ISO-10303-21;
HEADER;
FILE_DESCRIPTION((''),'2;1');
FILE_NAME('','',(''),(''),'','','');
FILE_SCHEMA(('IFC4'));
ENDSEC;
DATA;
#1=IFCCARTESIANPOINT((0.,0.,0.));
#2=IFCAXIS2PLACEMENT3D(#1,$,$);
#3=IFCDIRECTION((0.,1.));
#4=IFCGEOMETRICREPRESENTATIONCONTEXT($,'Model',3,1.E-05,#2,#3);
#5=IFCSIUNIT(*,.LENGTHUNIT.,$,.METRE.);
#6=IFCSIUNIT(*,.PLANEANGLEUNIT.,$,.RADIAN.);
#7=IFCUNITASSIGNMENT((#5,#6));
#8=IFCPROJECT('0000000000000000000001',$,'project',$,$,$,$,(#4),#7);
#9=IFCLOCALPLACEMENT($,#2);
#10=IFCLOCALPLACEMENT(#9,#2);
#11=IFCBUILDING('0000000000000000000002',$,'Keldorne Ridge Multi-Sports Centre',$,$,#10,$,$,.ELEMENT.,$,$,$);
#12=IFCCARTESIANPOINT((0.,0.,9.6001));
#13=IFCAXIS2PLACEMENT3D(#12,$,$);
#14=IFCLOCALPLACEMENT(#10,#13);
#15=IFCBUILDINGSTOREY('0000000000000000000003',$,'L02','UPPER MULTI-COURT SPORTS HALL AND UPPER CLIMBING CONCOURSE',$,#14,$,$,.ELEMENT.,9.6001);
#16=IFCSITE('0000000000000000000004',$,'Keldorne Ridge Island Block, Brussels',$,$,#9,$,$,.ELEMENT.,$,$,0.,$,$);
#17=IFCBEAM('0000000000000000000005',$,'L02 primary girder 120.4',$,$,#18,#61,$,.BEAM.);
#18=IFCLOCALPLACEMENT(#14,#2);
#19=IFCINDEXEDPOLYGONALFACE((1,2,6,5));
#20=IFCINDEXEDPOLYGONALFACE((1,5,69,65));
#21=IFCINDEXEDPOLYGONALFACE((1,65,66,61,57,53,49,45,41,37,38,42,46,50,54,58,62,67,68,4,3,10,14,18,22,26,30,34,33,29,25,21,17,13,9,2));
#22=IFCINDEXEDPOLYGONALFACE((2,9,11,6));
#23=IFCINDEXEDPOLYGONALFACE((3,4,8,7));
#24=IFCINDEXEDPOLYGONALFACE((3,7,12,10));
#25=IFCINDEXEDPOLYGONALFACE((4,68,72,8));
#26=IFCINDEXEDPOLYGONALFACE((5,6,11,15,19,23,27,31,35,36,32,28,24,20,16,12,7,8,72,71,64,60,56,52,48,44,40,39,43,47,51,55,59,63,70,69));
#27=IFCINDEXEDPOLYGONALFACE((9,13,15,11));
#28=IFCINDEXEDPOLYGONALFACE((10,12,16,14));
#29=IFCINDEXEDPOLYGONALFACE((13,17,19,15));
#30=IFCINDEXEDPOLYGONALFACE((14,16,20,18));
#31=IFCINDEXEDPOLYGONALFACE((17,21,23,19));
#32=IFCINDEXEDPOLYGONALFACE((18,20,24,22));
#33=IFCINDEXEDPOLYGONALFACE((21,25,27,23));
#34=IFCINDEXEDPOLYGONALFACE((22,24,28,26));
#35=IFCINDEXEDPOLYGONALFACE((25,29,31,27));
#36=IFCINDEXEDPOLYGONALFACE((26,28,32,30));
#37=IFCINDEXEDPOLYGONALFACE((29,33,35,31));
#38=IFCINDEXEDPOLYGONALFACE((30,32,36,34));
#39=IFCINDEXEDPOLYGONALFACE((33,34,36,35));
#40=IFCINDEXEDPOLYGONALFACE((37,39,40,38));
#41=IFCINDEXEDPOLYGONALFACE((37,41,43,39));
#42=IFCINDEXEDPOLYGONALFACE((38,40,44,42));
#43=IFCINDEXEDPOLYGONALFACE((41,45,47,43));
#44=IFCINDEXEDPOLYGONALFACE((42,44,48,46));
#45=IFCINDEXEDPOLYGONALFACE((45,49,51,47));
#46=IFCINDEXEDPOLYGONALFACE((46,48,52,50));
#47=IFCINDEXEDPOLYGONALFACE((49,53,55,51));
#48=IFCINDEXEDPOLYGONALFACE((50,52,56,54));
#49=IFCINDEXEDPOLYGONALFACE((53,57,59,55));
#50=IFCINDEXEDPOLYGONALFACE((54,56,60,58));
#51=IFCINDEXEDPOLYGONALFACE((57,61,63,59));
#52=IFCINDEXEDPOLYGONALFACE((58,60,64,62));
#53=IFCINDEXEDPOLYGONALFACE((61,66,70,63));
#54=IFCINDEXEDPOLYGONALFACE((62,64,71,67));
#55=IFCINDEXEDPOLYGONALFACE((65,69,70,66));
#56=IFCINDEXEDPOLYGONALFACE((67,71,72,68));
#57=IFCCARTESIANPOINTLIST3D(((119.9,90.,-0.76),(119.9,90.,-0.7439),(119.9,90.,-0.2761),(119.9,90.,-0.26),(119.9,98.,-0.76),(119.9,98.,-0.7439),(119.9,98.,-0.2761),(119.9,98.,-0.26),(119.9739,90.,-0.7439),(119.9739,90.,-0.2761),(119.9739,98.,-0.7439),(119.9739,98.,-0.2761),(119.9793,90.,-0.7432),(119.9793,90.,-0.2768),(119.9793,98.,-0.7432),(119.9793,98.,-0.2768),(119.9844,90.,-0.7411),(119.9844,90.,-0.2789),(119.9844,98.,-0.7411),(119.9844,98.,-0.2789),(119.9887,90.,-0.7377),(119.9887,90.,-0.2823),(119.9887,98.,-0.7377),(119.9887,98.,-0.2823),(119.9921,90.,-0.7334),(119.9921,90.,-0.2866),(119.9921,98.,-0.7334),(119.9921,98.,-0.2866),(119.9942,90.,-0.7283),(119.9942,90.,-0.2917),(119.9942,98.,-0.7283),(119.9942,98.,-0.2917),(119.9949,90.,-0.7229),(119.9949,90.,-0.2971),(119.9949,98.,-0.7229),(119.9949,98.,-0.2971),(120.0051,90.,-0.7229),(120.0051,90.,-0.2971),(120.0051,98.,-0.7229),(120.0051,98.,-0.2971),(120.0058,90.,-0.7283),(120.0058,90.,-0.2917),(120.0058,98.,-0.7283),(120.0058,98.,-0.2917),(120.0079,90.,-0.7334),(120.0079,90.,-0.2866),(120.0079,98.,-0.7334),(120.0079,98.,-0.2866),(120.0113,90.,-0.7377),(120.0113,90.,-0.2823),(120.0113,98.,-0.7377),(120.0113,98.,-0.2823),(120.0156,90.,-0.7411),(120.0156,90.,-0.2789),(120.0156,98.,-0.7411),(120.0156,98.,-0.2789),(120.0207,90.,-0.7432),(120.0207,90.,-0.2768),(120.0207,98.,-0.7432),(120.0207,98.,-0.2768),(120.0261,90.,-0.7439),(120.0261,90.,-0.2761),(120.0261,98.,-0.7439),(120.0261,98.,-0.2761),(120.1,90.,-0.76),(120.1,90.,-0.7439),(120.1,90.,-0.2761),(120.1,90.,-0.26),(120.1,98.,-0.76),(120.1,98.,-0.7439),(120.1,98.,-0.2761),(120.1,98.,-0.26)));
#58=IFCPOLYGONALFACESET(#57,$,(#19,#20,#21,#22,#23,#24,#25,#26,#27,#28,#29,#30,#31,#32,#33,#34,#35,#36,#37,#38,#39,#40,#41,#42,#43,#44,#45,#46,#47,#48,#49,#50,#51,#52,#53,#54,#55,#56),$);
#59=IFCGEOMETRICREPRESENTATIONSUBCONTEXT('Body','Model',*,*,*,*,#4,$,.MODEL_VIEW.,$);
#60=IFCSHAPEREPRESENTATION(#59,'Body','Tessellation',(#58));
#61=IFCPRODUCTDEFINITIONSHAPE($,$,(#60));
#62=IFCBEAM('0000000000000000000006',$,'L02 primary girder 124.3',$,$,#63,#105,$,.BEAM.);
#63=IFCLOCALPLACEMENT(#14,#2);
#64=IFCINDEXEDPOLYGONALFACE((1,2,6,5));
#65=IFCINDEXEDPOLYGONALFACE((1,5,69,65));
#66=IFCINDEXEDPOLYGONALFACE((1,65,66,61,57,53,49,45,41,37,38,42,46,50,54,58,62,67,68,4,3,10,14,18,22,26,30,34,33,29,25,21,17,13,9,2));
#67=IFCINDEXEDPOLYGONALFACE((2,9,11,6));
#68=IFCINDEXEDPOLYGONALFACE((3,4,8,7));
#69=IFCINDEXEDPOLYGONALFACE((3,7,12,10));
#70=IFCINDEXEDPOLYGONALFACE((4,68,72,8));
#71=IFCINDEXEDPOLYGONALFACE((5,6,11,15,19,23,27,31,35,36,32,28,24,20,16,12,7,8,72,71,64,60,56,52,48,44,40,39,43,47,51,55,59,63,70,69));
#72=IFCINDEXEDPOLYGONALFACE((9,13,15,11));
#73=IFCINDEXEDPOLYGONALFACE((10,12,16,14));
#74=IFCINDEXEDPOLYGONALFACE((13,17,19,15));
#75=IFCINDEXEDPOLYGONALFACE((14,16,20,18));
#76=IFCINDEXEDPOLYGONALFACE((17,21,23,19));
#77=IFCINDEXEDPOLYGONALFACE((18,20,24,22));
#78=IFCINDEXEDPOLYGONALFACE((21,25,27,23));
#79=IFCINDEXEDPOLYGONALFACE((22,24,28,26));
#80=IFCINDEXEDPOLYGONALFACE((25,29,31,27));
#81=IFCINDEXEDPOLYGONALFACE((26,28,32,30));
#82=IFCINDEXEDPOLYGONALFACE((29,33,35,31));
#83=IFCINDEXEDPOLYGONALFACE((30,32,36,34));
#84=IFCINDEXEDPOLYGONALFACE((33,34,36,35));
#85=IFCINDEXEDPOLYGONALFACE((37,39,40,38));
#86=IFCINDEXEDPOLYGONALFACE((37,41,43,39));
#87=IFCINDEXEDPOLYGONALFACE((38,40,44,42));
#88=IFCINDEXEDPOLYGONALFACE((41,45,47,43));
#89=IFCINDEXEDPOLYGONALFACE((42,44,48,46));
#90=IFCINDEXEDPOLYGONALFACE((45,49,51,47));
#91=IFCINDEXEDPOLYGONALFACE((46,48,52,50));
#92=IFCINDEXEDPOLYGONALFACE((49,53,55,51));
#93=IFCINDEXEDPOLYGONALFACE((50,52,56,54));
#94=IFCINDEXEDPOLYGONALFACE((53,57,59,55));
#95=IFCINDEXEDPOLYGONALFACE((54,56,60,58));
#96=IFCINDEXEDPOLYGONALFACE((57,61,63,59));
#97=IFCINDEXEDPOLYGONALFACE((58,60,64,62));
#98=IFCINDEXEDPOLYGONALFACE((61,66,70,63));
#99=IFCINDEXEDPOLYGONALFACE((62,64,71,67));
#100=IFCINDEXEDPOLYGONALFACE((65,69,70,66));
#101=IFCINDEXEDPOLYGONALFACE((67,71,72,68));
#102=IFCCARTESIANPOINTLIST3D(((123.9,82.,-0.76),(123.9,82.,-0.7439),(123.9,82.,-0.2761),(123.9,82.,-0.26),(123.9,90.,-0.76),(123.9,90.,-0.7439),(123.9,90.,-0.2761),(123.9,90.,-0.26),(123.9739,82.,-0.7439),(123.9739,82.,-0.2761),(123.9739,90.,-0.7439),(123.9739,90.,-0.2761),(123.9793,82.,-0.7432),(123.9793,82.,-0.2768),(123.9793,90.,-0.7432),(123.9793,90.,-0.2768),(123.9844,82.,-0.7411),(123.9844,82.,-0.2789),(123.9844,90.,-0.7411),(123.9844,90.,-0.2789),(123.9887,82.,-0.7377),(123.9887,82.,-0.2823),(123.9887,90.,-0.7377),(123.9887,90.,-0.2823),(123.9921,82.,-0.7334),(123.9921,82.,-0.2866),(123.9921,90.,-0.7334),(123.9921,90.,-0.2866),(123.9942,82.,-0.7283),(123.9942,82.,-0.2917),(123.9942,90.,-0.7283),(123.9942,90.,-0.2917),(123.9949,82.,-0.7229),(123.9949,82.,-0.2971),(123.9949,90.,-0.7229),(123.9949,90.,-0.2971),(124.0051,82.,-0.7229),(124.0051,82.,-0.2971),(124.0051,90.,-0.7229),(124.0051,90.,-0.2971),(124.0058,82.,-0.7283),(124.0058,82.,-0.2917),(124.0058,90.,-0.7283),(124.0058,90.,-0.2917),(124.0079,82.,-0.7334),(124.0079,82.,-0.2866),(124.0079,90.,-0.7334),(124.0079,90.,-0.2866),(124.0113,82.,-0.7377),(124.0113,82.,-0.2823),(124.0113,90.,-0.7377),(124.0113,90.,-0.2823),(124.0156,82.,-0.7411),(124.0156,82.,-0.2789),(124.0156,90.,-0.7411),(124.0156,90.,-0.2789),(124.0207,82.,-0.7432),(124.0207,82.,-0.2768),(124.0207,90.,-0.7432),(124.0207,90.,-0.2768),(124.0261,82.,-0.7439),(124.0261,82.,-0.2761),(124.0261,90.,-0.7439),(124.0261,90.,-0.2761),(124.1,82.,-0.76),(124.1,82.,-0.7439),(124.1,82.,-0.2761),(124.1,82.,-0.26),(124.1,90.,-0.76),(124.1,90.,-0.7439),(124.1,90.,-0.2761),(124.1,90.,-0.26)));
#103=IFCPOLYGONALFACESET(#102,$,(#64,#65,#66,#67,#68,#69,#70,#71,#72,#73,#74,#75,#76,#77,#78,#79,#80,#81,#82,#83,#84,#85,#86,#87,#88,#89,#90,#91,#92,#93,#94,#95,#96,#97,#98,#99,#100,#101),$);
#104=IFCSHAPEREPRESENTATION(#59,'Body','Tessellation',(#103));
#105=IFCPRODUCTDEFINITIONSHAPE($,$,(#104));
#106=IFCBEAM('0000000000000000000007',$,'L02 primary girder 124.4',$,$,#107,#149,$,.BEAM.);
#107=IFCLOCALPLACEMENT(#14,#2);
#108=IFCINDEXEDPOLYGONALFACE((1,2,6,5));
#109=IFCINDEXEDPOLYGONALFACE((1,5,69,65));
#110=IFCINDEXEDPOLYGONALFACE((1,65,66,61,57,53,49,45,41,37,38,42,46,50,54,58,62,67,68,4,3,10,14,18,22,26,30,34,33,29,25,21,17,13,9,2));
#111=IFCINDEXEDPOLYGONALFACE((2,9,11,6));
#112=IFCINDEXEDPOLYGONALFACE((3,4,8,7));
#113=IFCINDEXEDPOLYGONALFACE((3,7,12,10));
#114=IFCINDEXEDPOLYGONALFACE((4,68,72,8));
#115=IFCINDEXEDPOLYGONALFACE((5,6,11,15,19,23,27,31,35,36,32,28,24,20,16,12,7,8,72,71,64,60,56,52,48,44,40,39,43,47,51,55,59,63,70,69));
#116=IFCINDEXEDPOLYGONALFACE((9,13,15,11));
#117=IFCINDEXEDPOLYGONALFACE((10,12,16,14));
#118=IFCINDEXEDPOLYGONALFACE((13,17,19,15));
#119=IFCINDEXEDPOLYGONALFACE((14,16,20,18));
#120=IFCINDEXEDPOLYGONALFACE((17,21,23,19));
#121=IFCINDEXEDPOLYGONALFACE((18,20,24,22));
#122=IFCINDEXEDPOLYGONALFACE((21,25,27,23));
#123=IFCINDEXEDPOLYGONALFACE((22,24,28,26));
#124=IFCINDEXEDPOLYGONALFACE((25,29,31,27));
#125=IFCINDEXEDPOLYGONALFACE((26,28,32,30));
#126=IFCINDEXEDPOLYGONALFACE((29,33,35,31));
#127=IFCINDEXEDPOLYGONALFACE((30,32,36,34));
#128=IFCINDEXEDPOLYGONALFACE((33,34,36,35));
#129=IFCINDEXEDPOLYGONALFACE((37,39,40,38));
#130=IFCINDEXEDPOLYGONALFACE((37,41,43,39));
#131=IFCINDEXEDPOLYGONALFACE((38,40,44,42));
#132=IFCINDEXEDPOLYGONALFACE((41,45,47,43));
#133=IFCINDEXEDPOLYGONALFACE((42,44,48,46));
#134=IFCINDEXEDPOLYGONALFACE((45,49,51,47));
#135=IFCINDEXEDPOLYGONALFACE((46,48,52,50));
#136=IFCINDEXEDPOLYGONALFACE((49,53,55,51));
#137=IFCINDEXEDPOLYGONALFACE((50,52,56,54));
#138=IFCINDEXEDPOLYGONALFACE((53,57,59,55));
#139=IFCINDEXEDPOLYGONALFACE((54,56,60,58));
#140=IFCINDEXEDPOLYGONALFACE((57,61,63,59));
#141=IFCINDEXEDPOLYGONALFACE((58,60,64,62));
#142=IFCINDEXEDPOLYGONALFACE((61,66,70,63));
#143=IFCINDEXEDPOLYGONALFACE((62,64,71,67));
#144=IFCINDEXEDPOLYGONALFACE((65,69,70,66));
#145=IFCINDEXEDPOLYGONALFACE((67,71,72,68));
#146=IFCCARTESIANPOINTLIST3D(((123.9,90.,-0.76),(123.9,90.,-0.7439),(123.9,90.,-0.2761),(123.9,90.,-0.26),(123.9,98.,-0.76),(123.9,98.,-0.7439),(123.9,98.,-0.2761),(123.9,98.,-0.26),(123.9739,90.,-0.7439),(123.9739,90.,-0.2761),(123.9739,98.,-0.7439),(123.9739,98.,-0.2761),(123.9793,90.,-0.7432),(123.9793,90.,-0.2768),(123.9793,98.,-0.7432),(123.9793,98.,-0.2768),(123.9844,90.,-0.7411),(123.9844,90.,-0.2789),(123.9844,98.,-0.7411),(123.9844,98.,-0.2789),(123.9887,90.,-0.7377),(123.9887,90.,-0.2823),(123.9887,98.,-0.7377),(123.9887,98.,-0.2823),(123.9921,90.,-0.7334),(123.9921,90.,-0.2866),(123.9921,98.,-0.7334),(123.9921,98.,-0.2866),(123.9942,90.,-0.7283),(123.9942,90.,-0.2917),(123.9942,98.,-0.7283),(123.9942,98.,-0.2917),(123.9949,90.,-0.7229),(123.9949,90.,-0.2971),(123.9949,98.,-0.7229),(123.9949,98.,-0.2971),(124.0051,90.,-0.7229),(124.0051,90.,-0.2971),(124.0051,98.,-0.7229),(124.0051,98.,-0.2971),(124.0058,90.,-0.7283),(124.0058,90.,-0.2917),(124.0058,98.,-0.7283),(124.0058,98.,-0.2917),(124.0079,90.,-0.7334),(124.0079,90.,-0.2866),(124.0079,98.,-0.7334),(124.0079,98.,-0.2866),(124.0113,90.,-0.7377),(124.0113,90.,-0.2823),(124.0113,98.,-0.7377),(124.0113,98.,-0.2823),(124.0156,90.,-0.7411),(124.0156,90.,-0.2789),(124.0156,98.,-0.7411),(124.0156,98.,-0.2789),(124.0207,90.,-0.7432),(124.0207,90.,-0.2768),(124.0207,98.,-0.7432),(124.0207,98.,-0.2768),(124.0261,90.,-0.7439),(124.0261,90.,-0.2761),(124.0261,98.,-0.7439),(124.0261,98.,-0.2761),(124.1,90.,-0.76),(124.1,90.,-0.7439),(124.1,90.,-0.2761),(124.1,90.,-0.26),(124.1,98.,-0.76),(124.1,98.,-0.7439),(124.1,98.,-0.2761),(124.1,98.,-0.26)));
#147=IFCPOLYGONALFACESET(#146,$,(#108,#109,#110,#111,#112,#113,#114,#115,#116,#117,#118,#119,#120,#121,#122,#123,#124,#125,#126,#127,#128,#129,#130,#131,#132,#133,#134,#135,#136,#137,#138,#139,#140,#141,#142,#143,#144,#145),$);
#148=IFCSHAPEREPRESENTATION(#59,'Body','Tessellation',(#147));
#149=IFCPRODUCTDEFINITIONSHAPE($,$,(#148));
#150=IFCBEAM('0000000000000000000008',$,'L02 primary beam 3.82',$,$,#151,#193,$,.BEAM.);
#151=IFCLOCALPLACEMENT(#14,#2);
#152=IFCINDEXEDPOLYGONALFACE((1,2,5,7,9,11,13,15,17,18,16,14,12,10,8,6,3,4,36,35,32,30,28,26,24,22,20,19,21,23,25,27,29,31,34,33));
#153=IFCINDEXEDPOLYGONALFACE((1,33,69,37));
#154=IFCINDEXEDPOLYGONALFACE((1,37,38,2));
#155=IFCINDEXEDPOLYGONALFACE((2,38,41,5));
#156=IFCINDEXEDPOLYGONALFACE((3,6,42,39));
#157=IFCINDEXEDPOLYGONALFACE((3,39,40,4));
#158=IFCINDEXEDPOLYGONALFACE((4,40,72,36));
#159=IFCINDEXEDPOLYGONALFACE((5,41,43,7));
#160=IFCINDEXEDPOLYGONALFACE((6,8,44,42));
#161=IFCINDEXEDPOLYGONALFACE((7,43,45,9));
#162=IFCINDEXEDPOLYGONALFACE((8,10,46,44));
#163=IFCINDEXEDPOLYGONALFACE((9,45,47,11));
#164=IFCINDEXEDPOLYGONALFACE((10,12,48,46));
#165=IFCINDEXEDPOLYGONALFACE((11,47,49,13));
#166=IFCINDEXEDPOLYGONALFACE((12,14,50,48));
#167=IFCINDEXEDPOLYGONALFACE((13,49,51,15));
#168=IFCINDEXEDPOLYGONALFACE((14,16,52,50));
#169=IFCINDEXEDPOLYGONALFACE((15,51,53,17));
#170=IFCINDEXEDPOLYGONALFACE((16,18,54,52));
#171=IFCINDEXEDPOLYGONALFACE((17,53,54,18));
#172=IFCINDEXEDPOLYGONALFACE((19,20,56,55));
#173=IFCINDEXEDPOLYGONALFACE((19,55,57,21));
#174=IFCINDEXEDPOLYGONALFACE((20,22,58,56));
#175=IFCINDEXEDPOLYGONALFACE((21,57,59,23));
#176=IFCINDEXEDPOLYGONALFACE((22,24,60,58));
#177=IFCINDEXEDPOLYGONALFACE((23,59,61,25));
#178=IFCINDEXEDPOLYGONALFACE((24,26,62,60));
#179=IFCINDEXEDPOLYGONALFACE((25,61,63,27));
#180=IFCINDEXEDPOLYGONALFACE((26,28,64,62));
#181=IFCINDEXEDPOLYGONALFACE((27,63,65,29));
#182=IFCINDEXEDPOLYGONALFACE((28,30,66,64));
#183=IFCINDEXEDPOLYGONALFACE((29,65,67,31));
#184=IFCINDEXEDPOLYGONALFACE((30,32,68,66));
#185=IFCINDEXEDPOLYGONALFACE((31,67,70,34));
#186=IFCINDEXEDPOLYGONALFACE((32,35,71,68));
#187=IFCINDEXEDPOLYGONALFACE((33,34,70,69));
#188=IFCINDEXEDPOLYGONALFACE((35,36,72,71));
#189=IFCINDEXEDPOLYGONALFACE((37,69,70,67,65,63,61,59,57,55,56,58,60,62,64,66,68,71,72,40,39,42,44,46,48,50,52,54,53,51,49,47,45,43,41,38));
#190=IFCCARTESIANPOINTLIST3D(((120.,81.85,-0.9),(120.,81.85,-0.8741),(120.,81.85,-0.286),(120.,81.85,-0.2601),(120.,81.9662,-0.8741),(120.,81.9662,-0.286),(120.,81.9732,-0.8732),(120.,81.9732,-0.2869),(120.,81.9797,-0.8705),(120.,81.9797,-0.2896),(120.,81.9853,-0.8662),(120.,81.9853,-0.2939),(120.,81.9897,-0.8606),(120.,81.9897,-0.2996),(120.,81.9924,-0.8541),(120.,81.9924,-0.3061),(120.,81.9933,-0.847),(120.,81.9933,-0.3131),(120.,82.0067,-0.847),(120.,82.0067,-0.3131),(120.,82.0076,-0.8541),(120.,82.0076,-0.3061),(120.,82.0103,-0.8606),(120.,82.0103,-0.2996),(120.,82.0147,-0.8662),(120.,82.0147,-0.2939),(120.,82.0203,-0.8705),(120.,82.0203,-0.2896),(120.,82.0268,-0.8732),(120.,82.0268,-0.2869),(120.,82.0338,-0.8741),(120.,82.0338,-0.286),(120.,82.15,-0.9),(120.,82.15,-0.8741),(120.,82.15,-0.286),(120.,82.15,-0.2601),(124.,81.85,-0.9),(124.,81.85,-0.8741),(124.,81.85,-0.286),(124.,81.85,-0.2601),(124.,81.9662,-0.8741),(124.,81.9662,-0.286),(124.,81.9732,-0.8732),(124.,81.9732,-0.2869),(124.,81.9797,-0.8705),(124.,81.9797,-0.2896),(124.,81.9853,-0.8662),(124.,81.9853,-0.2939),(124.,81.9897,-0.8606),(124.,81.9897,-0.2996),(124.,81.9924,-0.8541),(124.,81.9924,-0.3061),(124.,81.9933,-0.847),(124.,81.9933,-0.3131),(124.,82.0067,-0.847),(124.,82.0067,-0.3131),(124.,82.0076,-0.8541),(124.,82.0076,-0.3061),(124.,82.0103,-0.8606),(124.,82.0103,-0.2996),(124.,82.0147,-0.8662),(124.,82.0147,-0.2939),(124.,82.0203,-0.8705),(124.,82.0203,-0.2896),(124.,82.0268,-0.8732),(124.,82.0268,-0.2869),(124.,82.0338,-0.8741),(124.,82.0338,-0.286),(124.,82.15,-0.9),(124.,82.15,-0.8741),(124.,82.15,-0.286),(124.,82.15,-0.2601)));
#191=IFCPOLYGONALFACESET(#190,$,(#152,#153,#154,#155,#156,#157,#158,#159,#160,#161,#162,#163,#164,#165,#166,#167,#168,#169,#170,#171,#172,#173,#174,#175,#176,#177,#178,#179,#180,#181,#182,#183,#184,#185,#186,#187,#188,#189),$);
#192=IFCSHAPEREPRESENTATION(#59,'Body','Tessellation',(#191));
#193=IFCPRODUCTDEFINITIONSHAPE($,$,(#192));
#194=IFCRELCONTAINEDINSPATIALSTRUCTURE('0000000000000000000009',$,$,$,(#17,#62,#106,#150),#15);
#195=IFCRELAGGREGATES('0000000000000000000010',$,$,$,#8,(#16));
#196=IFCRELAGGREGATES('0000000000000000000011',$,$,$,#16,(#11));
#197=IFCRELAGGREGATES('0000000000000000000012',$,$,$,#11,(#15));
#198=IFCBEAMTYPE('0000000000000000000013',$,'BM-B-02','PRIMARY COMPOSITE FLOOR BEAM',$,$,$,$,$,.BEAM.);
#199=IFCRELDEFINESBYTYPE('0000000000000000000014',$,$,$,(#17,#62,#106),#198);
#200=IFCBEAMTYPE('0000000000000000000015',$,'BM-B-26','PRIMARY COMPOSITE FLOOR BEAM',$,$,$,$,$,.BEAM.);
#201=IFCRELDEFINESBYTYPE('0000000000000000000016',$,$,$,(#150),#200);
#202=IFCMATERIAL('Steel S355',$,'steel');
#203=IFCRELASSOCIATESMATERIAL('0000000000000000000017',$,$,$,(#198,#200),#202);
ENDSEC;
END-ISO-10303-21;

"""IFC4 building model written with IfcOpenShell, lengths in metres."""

from ifc_helpers import new_model, si_unit, direction, frame, origin, origin_2d, place, context, subcontext, project, spatial, i_section, extrude, material, material_profile, profile_set, type_object, element, save


model = new_model("IFC4")

# Units and contexts
model_context = context("Model", 3, precision=1e-05, world=origin(), true_north=direction((0.0, 1.0)))
body_context = subcontext(model_context, "Body", "Model", "MODEL_VIEW")
ifc_project = project(units=[si_unit("LENGTHUNIT", "METRE"), si_unit("PLANEANGLEUNIT", "RADIAN")], contexts=[model_context])

# Site, building, storey
site_placement = place(None, origin())
site = spatial("IfcSite", under=ifc_project, at=site_placement, Name="Keldorne Ridge Island Block, Brussels", CompositionType="ELEMENT", RefElevation=0.0)
building_placement = place(site_placement, origin())
building = spatial("IfcBuilding", under=site, at=building_placement, Name="Keldorne Ridge Multi-Sports Centre", CompositionType="ELEMENT")
storey_placement = place(building_placement, frame((0.0, 0.0, 9.6001)))
storey = spatial("IfcBuildingStorey", under=building, at=storey_placement, Name="L02", Description="UPPER MULTI-COURT SPORTS HALL AND UPPER CLIMBING CONCOURSE", CompositionType="ELEMENT", Elevation=9.6001)

# Shared definitions
ifc_material_1 = material(Name="Steel S355", Category="steel")

# Beams
ifc_material_profile_1 = material_profile(ifc_material_1, i_section(OverallWidth=0.2, OverallDepth=0.5, WebThickness=0.0103, FlangeThickness=0.0161, FilletRadius=0.021, at=origin_2d()), Name="IPE 500")
ifc_profile_set_1 = profile_set([ifc_material_profile_1], Name="Steel S355")
beam_type_1 = type_object("IfcBeamType", Name="BM-B-02", Description="PRIMARY COMPOSITE FLOOR BEAM", PredefinedType="BEAM", material=ifc_profile_set_1)
for number, where, z_axis, x_axis, name in (
    (1, (120.0, 90.0, -0.51), (0.0, 1.0, 0.0), (-1.0, 0.0, 0.0), "L02 primary girder 120.4"),
    (2, (124.0, 82.0, -0.51), (0.0, 1.0, 0.0), (-1.0, 0.0, 0.0), "L02 primary girder 124.3"),
    (3, (124.0, 90.0, -0.51), (0.0, 1.0, 0.0), (-1.0, 0.0, 0.0), "L02 primary girder 124.4"),
):
    element("IfcBeam", number, at=place(storey_placement, frame(where, z_axis=z_axis, x_axis=x_axis)), inside=storey, type_object=beam_type_1, Name=name, PredefinedType="BEAM", context=body_context, shape_type="SweptSolid", body=[
        extrude(i_section(OverallWidth=0.2, OverallDepth=0.5, WebThickness=0.0103, FlangeThickness=0.0161, FilletRadius=0.021, at=origin_2d()), origin(), (0.0, 0.0, 1.0), 8.0),
    ])
ifc_material_profile_2 = material_profile(ifc_material_1, i_section(OverallWidth=0.3, OverallDepth=0.6399, WebThickness=0.0134, FlangeThickness=0.0259, FilletRadius=0.0271, at=origin_2d()), Name="HEA 650")
ifc_profile_set_2 = profile_set([ifc_material_profile_2], Name="Steel S355")
beam_type_2 = type_object("IfcBeamType", Name="BM-B-26", Description="PRIMARY COMPOSITE FLOOR BEAM", PredefinedType="BEAM", material=ifc_profile_set_2)
for number, where, z_axis, x_axis, name in (
    (4, (120.0, 82.0, -0.5801), (1.0, 0.0, 0.0), (0.0, 1.0, 0.0), "L02 primary beam 3.82"),
):
    element("IfcBeam", number, at=place(storey_placement, frame(where, z_axis=z_axis, x_axis=x_axis)), inside=storey, type_object=beam_type_2, Name=name, PredefinedType="BEAM", context=body_context, shape_type="SweptSolid", body=[
        extrude(i_section(OverallWidth=0.3, OverallDepth=0.6399, WebThickness=0.0134, FlangeThickness=0.0259, FilletRadius=0.0271, at=origin_2d()), origin(), (0.0, 0.0, 1.0), 4.0),
    ])

save(model, "model.ifc")
